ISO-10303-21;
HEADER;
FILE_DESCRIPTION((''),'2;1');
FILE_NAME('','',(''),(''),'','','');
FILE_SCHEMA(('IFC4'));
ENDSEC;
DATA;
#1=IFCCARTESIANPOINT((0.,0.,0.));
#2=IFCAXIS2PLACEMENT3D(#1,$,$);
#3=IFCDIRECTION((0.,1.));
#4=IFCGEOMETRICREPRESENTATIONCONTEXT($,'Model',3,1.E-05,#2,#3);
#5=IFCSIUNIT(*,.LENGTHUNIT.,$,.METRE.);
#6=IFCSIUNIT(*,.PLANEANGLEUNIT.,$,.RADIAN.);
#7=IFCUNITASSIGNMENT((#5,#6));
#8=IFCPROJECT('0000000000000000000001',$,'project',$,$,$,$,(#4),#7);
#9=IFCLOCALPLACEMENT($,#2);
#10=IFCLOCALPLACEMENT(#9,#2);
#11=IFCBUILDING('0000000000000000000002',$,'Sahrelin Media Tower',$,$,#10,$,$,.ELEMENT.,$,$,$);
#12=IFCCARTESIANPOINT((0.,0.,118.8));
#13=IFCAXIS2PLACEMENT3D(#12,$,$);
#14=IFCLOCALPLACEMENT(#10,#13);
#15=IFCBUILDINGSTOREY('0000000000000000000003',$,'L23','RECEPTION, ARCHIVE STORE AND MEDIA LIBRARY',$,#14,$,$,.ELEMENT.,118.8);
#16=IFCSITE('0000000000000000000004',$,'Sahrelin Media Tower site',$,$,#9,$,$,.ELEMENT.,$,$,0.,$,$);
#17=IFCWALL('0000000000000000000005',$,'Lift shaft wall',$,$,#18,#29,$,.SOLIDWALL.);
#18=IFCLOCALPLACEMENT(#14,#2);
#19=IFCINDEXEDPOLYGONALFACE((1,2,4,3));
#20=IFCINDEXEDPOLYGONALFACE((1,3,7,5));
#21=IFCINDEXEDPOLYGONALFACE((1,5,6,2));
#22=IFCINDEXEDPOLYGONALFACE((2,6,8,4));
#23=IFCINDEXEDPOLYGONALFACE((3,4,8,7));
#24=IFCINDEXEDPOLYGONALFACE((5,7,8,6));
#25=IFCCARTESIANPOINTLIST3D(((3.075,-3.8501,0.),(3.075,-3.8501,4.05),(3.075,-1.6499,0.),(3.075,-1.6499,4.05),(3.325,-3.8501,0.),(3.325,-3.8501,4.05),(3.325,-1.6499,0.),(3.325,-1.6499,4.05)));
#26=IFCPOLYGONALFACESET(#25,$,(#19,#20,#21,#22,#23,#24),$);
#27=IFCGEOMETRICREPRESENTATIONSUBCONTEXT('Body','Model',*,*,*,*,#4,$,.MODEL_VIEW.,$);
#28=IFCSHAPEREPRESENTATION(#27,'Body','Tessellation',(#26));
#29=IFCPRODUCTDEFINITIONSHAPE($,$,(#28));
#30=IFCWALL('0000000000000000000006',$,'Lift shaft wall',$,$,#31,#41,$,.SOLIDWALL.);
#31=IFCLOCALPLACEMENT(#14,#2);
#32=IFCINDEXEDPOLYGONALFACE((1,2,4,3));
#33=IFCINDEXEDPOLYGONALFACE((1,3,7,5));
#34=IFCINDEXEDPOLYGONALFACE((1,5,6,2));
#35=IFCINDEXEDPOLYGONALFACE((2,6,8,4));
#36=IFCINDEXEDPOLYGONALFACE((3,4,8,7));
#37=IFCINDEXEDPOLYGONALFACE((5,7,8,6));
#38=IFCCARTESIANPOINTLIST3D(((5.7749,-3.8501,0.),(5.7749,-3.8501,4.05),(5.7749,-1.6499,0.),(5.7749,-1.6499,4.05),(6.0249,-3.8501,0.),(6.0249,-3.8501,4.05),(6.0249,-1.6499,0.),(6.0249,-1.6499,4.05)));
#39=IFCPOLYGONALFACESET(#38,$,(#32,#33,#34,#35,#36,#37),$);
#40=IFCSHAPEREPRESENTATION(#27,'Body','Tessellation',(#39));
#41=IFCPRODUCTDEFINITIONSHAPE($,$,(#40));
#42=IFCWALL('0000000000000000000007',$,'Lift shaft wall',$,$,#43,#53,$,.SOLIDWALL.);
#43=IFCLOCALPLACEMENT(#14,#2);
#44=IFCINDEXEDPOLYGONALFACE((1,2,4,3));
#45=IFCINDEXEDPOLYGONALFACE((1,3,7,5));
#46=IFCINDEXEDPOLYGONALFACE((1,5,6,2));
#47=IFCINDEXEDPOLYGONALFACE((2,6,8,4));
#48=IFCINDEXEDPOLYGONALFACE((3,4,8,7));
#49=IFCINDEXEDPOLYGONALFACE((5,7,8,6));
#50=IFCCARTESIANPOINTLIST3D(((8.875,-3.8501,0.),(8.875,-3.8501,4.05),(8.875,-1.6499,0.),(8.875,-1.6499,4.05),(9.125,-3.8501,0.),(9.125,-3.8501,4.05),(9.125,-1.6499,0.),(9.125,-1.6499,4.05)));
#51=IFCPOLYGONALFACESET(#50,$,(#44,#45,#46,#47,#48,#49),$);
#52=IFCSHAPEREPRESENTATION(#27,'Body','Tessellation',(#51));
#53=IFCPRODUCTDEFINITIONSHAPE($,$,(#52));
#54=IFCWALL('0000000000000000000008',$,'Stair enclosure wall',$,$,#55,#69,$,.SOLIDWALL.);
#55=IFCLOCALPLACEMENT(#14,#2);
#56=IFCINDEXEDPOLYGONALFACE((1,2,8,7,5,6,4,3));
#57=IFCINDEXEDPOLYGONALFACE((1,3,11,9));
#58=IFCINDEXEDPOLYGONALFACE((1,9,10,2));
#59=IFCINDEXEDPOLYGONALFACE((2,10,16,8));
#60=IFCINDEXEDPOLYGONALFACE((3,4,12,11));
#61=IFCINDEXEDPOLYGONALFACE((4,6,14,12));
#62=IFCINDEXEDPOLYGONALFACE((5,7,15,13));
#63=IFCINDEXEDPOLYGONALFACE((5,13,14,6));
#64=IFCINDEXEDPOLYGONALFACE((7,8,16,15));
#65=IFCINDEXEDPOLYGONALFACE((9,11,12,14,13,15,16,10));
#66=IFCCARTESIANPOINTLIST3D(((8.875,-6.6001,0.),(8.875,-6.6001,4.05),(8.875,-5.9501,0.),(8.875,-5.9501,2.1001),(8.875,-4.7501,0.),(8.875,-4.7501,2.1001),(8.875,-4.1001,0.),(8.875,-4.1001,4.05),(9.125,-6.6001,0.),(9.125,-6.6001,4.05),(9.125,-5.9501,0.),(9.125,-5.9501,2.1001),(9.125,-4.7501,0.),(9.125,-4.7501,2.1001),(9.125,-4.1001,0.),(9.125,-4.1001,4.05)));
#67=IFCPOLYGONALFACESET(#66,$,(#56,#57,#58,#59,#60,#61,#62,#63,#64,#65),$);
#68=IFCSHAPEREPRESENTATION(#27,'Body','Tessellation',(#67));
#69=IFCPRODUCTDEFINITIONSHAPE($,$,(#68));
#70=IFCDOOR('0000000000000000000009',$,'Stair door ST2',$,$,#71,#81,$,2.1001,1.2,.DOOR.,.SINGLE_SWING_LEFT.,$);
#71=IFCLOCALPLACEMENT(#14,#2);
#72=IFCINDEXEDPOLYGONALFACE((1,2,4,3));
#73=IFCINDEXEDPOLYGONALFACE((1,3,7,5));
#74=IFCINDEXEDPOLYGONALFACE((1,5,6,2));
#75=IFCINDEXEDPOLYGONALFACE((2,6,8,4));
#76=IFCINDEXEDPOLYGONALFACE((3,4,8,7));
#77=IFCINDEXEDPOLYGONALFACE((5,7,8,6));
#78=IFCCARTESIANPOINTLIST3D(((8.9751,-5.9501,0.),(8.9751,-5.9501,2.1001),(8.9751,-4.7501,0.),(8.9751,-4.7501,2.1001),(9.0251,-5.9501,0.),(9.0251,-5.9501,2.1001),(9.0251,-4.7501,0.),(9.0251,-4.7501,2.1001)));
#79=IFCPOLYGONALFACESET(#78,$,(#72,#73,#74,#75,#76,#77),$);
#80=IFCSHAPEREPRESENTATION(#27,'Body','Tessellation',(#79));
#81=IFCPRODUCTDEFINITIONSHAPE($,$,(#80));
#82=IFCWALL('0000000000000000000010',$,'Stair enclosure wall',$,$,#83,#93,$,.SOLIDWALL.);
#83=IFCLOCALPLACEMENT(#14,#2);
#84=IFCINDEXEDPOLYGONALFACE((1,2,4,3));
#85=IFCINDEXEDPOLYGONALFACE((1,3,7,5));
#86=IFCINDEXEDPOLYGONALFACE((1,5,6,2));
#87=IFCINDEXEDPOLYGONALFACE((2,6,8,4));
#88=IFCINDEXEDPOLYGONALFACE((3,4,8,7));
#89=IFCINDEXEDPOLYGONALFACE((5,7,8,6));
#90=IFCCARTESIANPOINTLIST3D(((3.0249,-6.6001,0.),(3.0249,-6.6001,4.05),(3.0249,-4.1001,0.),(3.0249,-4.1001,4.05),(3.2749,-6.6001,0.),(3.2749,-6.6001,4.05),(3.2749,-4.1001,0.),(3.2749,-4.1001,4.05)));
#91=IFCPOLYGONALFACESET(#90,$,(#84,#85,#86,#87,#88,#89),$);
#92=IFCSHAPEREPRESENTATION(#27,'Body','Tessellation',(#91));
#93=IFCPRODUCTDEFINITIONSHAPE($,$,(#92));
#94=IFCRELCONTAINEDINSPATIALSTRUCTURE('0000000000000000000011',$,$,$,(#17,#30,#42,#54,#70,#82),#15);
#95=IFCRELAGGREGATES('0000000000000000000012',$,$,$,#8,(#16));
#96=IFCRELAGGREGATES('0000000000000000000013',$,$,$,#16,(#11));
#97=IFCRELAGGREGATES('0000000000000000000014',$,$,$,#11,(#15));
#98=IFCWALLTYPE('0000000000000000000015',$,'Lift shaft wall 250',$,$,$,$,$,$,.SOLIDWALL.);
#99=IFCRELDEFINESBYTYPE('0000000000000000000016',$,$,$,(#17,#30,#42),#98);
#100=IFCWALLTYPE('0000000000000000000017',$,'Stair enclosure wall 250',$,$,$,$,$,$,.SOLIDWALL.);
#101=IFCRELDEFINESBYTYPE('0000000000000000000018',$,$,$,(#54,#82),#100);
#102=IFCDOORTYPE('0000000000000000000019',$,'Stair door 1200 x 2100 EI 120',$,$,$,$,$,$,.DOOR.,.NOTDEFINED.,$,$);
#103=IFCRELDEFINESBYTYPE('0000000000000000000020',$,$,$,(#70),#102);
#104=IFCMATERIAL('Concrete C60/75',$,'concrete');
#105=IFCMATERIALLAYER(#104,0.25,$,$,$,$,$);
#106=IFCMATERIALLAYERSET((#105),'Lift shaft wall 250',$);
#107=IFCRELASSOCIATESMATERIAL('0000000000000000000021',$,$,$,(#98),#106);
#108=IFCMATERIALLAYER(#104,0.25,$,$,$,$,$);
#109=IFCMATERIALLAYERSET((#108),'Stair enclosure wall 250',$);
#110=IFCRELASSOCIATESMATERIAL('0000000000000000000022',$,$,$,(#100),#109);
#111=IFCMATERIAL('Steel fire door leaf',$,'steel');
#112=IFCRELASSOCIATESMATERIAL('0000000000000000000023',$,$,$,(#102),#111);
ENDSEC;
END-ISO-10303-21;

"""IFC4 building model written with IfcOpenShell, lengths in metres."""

from ifc_helpers import new_model, si_unit, direction, frame, frame_2d, origin, place, context, subcontext, project, spatial, rectangle, extrude, material, layer, layer_set, type_object, element, fill, save


model = new_model("IFC4")

# Units and contexts
model_context = context("Model", 3, precision=1e-05, world=origin(), true_north=direction((0.0, 1.0)))
body_context = subcontext(model_context, "Body", "Model", "MODEL_VIEW")
ifc_project = project(units=[si_unit("LENGTHUNIT", "METRE"), si_unit("PLANEANGLEUNIT", "RADIAN")], contexts=[model_context])

# Site, building, storey
site_placement = place(None, origin())
site = spatial("IfcSite", under=ifc_project, at=site_placement, Name="Sahrelin Media Tower site", CompositionType="ELEMENT", RefElevation=0.0)
building_placement = place(site_placement, origin())
building = spatial("IfcBuilding", under=site, at=building_placement, Name="Sahrelin Media Tower", CompositionType="ELEMENT")
storey_placement = place(building_placement, frame((0.0, 0.0, 118.8)))
storey = spatial("IfcBuildingStorey", under=building, at=storey_placement, Name="L23", Description="RECEPTION, ARCHIVE STORE AND MEDIA LIBRARY", CompositionType="ELEMENT", Elevation=118.8)

# Shared definitions
ifc_material_1 = material(Name="Concrete C60/75", Category="concrete")

# Shared definitions
ifc_material_2 = material(Name="Steel fire door leaf", Category="steel")

# Walls
ifc_layer_1 = layer(ifc_material_1, 0.25)
ifc_layer_set_1 = layer_set([ifc_layer_1], Name="Lift shaft wall 250")
wall_type_1 = type_object("IfcWallType", Name="Lift shaft wall 250", PredefinedType="SOLIDWALL", material=ifc_layer_set_1)
for number, where, z_axis, x_axis, name in (
    (1, (3.2, -3.8501, 0.0), (0.0, 0.0, 1.0), (0.0, 1.0, 0.0), "Lift shaft wall"),
    (2, (5.8999, -3.8501, 0.0), (0.0, 0.0, 1.0), (0.0, 1.0, 0.0), "Lift shaft wall"),
    (3, (9.0, -3.8501, 0.0), (0.0, 0.0, 1.0), (0.0, 1.0, 0.0), "Lift shaft wall"),
):
    element("IfcWall", number, at=place(storey_placement, frame(where, z_axis=z_axis, x_axis=x_axis)), inside=storey, type_object=wall_type_1, Name=name, PredefinedType="SOLIDWALL", context=body_context, shape_type="SweptSolid", body=[
        extrude(rectangle(XDim=2.2002, YDim=0.25, at=frame_2d((1.1001, 0.0))), origin(), (0.0, 0.0, 1.0), 4.05),
    ])

# Wall, opening, door
ifc_layer_2 = layer(ifc_material_1, 0.25)
ifc_layer_set_2 = layer_set([ifc_layer_2], Name="Stair enclosure wall 250")
wall_type_2 = type_object("IfcWallType", Name="Stair enclosure wall 250", PredefinedType="SOLIDWALL", material=ifc_layer_set_2)
wall_1_placement = place(storey_placement, frame((9.0, -6.6001, 0.0), z_axis=(0.0, 0.0, 1.0), x_axis=(0.0, 1.0, 0.0)))
wall_1 = element("IfcWall", 4, at=wall_1_placement, inside=storey, type_object=wall_type_2, Name="Stair enclosure wall", PredefinedType="SOLIDWALL", context=body_context, shape_type="SweptSolid", body=[
    extrude(rectangle(XDim=2.5, YDim=0.25, at=frame_2d((1.25, 0.0))), origin(), (0.0, 0.0, 1.0), 4.05),
])
opening_1_placement = place(wall_1_placement, frame((0.6499, 0.0, 0.0)))
opening_1 = element("IfcOpeningElement", 5, at=opening_1_placement, cuts=wall_1, PredefinedType="OPENING", context=body_context, shape_type="SweptSolid", body=[
    extrude(rectangle(XDim=1.2, YDim=2.1001, at=frame_2d((0.6001, 1.05))), frame((0.0, 0.125, 0.0), z_axis=(0.0, -1.0, 0.0), x_axis=(1.0, 0.0, 0.0)), (0.0, 0.0, 1.0), 0.25),
])
door_type_1 = type_object("IfcDoorType", Name="Stair door 1200 x 2100 EI 120", OperationType="NOTDEFINED", PredefinedType="DOOR", material=ifc_material_2)
door_1_placement = place(opening_1_placement, origin())
door_1 = element("IfcDoor", 6, at=door_1_placement, inside=storey, type_object=door_type_1, Name="Stair door ST2", OperationType="SINGLE_SWING_LEFT", OverallHeight=2.1001, OverallWidth=1.2, PredefinedType="DOOR", context=body_context, shape_type="SweptSolid", body=[
    extrude(rectangle(XDim=1.2, YDim=2.1001, at=frame_2d((0.6001, 1.05))), frame((0.0, 0.0249, 0.0), z_axis=(0.0, -1.0, 0.0), x_axis=(1.0, 0.0, 0.0)), (0.0, 0.0, 1.0), 0.05),
])
fill(opening_1, door_1)

# Wall
wall_2_placement = place(storey_placement, frame((3.1499, -6.6001, 0.0), z_axis=(0.0, 0.0, 1.0), x_axis=(0.0, 1.0, 0.0)))
element("IfcWall", 7, at=wall_2_placement, inside=storey, type_object=wall_type_2, Name="Stair enclosure wall", PredefinedType="SOLIDWALL", context=body_context, shape_type="SweptSolid", body=[
    extrude(rectangle(XDim=2.5, YDim=0.25, at=frame_2d((1.25, 0.0))), origin(), (0.0, 0.0, 1.0), 4.05),
])

save(model, "model.ifc")
